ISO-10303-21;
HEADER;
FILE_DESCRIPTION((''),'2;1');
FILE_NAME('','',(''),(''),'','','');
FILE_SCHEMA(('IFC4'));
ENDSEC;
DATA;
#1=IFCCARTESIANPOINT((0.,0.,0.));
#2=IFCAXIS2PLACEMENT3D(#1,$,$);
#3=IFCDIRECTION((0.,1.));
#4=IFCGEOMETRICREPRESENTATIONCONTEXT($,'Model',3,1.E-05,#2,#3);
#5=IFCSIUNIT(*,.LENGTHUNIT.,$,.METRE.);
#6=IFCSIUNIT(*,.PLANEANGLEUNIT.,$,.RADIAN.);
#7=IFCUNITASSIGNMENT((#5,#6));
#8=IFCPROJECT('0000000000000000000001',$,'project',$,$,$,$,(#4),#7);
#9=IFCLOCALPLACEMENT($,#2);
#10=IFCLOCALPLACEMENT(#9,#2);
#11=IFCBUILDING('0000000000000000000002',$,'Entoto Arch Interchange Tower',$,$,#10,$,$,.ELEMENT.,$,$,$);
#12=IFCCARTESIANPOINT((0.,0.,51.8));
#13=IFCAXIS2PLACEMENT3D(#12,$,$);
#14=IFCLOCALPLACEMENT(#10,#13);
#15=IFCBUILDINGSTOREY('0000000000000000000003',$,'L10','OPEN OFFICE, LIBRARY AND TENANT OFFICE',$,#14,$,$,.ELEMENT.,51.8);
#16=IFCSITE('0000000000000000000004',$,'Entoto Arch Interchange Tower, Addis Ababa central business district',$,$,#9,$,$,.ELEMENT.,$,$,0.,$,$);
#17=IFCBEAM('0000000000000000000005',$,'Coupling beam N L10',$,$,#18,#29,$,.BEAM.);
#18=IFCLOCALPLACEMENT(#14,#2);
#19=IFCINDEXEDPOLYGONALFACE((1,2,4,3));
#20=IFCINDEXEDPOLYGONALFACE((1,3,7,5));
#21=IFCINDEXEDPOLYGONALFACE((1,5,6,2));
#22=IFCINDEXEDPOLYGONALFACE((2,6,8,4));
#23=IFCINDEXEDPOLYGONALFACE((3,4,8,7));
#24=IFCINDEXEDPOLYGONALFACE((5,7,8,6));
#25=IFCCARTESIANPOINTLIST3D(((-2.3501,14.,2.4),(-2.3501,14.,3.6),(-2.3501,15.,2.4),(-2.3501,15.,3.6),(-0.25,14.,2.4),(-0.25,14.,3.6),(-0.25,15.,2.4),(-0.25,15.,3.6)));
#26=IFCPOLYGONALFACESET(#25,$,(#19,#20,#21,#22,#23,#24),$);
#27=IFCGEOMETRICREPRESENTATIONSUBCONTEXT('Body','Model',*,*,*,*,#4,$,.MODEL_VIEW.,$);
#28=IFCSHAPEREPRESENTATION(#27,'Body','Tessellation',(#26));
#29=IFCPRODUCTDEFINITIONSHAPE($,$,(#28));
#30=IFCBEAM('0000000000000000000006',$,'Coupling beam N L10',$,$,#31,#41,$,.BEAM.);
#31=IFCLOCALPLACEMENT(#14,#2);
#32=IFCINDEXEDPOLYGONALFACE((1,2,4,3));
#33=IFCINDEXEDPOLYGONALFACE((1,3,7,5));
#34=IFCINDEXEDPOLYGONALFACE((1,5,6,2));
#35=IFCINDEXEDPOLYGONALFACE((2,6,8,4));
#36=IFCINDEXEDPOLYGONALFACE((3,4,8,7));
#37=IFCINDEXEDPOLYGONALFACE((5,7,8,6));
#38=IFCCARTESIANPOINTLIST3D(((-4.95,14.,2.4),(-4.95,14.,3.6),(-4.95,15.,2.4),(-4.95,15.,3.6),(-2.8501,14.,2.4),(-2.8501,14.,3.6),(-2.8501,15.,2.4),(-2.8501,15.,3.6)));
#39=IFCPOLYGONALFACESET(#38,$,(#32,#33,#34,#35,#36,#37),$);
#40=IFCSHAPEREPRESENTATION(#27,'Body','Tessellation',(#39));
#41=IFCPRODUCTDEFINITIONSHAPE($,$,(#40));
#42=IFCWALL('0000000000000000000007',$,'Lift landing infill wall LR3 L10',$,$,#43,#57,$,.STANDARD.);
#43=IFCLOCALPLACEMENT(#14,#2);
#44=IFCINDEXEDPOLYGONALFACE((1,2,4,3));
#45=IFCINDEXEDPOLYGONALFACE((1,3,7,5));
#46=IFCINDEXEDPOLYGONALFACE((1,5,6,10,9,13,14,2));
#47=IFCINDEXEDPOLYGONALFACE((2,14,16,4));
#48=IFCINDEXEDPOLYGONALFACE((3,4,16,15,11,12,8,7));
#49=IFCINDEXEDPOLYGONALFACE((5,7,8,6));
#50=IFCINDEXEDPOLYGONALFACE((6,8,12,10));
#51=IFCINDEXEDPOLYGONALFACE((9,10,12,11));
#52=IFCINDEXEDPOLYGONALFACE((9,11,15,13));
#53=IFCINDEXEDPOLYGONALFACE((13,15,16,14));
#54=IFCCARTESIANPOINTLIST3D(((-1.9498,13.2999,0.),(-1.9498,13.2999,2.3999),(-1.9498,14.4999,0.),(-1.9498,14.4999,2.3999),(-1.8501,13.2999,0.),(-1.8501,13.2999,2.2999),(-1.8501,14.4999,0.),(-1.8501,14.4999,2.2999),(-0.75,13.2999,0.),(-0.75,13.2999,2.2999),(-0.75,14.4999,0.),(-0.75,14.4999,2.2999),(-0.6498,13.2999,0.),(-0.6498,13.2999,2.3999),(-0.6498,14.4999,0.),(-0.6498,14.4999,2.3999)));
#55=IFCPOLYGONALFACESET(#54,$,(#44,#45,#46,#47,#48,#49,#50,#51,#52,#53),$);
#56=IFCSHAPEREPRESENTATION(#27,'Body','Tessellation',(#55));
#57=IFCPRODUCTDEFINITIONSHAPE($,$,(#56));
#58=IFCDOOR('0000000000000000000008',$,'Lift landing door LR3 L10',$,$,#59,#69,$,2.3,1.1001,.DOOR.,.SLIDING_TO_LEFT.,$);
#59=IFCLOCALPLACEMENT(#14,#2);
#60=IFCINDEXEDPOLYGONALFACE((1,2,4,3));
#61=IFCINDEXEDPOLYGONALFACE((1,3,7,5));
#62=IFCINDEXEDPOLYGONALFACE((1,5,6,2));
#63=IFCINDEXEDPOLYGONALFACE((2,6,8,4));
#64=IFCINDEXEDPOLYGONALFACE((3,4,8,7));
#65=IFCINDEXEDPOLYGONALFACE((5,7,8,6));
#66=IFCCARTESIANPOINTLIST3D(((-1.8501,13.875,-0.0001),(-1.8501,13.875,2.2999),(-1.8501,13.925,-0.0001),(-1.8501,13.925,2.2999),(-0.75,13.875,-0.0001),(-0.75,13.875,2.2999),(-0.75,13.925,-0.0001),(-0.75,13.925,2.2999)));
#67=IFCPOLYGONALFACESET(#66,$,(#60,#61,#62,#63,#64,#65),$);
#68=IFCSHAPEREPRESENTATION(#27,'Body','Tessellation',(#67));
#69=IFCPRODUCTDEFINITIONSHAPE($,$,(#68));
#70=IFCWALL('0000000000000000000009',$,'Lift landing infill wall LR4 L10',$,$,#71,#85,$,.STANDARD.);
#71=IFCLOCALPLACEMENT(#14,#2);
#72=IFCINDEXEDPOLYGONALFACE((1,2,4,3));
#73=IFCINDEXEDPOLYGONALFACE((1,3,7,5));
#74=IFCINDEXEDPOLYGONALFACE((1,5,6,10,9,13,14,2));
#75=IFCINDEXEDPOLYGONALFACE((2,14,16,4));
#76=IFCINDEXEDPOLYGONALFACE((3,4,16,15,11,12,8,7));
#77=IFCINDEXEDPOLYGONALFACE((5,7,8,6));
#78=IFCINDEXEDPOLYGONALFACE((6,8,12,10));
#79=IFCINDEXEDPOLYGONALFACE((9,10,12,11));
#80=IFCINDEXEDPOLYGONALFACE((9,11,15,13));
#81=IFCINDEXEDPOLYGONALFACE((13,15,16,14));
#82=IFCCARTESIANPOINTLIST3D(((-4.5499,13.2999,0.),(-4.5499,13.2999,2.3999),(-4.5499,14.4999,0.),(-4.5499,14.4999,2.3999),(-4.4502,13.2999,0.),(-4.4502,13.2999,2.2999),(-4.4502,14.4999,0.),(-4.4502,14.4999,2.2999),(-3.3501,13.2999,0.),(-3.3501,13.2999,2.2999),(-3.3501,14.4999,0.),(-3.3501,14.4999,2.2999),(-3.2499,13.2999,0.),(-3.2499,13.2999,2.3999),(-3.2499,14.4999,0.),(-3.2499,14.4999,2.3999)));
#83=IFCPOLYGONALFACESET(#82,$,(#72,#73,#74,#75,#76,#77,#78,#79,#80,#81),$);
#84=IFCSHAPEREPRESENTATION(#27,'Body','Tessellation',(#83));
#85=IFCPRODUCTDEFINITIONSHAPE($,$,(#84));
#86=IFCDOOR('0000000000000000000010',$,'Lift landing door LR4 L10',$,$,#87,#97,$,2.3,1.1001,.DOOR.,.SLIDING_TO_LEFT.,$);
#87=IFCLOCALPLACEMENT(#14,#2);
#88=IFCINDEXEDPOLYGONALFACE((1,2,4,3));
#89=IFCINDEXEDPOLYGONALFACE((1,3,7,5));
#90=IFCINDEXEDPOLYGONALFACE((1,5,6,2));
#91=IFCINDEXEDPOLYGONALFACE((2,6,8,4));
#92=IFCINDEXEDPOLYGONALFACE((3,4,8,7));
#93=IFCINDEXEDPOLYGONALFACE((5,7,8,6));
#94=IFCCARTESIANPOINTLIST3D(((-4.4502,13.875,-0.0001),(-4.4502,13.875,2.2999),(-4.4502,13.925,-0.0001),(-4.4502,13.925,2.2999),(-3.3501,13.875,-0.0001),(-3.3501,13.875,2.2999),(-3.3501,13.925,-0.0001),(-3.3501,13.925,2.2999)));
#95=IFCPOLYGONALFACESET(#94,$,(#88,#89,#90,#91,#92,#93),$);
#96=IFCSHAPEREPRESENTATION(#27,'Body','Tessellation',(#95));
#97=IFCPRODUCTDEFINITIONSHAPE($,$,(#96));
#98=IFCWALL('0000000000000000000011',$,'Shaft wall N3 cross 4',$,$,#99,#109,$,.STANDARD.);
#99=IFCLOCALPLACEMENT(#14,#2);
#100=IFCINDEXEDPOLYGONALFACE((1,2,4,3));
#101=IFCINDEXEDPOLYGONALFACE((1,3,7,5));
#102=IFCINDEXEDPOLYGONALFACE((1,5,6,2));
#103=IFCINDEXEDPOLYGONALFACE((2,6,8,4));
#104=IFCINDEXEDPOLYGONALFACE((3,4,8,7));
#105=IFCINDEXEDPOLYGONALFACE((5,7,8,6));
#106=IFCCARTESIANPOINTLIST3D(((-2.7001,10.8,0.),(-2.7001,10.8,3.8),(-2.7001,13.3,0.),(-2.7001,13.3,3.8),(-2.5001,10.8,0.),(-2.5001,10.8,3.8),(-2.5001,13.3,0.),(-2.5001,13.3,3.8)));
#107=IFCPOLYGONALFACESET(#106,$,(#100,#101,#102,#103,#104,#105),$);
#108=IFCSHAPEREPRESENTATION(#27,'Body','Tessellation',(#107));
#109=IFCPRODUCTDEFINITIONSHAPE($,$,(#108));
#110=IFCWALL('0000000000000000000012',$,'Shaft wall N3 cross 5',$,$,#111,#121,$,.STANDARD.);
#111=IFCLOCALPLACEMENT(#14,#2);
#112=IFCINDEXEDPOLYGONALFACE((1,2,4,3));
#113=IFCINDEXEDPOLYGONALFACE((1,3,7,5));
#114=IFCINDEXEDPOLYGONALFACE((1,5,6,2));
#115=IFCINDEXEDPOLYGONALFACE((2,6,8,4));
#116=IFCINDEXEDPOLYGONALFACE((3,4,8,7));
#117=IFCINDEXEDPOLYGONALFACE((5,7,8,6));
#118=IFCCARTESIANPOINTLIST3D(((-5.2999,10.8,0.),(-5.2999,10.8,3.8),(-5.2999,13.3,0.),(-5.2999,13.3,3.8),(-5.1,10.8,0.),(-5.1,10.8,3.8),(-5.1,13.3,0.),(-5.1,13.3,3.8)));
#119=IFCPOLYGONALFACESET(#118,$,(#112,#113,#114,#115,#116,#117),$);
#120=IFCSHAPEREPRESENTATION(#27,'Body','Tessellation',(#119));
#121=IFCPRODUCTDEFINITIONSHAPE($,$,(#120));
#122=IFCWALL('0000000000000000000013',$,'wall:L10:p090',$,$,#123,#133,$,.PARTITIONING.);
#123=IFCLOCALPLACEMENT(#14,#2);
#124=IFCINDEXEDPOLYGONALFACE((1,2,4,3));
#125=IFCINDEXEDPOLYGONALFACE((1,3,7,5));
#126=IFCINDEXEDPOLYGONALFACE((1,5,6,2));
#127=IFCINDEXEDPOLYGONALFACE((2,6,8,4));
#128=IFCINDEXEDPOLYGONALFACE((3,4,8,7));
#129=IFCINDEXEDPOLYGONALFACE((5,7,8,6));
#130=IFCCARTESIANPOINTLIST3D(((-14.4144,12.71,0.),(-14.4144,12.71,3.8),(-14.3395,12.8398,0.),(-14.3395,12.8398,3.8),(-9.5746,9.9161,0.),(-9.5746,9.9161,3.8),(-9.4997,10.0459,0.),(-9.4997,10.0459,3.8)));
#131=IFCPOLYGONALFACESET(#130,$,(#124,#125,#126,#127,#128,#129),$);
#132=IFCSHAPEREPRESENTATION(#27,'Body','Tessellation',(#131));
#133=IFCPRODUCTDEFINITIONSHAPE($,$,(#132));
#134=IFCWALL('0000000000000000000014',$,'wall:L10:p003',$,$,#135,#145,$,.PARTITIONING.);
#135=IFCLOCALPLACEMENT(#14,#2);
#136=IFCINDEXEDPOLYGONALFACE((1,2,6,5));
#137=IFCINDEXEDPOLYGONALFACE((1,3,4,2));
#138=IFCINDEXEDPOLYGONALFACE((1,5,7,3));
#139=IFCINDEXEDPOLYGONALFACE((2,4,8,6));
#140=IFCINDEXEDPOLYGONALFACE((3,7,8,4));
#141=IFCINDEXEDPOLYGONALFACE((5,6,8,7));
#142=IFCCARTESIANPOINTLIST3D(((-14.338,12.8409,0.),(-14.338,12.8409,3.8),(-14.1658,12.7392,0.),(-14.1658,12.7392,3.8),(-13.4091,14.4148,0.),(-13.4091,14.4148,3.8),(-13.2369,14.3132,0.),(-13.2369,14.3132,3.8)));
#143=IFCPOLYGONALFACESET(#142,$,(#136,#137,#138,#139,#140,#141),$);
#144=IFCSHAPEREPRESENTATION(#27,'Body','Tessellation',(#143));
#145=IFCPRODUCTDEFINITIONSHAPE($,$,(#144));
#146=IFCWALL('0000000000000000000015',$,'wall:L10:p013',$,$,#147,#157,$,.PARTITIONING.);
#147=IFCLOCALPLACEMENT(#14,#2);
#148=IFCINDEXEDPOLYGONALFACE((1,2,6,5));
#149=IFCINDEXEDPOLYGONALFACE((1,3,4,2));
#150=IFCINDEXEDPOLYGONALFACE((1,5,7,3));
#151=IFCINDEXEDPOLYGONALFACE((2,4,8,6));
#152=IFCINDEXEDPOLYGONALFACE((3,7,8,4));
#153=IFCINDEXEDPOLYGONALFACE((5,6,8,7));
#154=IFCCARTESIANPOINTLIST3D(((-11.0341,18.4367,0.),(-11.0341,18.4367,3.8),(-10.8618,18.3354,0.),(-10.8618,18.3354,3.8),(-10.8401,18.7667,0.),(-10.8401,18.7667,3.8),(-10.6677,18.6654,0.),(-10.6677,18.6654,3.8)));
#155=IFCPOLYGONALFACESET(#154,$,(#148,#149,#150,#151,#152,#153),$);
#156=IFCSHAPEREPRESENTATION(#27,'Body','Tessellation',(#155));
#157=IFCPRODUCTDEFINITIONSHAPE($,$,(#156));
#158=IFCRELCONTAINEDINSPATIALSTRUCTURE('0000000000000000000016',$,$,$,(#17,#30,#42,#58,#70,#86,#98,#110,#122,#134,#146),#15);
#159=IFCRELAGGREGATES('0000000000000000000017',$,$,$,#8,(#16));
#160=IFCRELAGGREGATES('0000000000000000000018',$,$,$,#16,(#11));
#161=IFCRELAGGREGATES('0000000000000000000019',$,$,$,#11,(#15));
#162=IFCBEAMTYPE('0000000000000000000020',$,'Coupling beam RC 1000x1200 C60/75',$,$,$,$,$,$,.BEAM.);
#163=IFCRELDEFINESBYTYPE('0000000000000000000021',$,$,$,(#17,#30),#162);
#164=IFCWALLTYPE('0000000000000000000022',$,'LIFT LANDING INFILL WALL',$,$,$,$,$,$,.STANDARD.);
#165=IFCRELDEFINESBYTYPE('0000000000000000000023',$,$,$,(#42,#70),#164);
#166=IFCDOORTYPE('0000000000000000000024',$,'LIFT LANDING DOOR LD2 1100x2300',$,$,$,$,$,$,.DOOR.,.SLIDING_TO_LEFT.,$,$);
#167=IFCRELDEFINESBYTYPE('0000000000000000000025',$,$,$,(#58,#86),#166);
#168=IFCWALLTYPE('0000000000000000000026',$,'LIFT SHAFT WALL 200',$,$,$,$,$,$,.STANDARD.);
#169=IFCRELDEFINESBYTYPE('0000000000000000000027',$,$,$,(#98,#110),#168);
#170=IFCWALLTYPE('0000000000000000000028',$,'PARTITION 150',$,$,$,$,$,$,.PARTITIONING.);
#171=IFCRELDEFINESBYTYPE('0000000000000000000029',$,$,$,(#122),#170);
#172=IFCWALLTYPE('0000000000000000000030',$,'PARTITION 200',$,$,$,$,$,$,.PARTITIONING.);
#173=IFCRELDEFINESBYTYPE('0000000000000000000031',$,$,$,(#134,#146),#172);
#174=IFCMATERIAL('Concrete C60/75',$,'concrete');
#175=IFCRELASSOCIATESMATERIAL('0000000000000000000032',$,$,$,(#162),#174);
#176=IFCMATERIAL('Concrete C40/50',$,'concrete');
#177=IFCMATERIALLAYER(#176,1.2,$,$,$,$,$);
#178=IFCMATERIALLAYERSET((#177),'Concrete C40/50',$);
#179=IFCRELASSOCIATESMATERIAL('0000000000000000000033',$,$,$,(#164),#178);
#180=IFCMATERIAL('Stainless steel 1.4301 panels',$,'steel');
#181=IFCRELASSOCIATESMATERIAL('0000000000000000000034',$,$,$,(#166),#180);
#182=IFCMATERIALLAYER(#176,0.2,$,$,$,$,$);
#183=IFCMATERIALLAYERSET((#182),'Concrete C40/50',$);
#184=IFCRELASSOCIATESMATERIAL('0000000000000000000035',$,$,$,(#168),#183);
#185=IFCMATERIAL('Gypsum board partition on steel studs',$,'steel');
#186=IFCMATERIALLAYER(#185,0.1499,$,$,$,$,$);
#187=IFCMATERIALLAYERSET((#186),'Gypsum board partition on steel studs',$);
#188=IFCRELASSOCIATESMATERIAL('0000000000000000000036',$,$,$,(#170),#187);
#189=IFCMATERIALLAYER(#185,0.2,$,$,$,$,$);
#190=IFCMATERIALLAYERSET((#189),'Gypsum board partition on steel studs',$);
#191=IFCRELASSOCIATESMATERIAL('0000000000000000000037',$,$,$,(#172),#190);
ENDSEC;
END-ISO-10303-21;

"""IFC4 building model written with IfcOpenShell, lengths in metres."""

from ifc_helpers import new_model, si_unit, direction, frame, frame_2d, origin, origin_2d, place, context, subcontext, project, spatial, rectangle, extrude, material, layer, layer_set, material_profile, profile_set, type_object, element, fill, save


model = new_model("IFC4")

# Units and contexts
model_context = context("Model", 3, precision=1e-05, world=origin(), true_north=direction((0.0, 1.0)))
body_context = subcontext(model_context, "Body", "Model", "MODEL_VIEW")
ifc_project = project(units=[si_unit("LENGTHUNIT", "METRE"), si_unit("PLANEANGLEUNIT", "RADIAN")], contexts=[model_context])

# Site, building, storey
site_placement = place(None, origin())
site = spatial("IfcSite", under=ifc_project, at=site_placement, Name="Entoto Arch Interchange Tower, Addis Ababa central business district", CompositionType="ELEMENT", RefElevation=0.0)
building_placement = place(site_placement, origin())
building = spatial("IfcBuilding", under=site, at=building_placement, Name="Entoto Arch Interchange Tower", CompositionType="ELEMENT")
storey_placement = place(building_placement, frame((0.0, 0.0, 51.8)))
storey = spatial("IfcBuildingStorey", under=building, at=storey_placement, Name="L10", Description="OPEN OFFICE, LIBRARY AND TENANT OFFICE", CompositionType="ELEMENT", Elevation=51.8)

# Beams
ifc_material_1 = material(Name="Concrete C60/75", Category="concrete")
ifc_material_profile = material_profile(ifc_material_1, rectangle(XDim=1.0, YDim=1.2, at=origin_2d()))
ifc_profile_set = profile_set([ifc_material_profile], Name="Concrete C60/75")
beam_type = type_object("IfcBeamType", Name="Coupling beam RC 1000x1200 C60/75", PredefinedType="BEAM", material=ifc_profile_set)
beam_1_placement = place(storey_placement, frame((-0.25, 14.5, 3.0), z_axis=(-1.0, 0.0, 0.0), x_axis=(0.0, -1.0, 0.0)))
element("IfcBeam", 1, at=beam_1_placement, inside=storey, type_object=beam_type, Name="Coupling beam N L10", PredefinedType="BEAM", context=body_context, shape_type="SweptSolid", body=[
    extrude(rectangle(XDim=1.0, YDim=1.2, at=origin_2d()), origin(), (0.0, 0.0, 1.0), 2.1001),
])
beam_2_placement = place(storey_placement, frame((-2.8501, 14.5, 3.0), z_axis=(-1.0, 0.0, 0.0), x_axis=(0.0, -1.0, 0.0)))
element("IfcBeam", 2, at=beam_2_placement, inside=storey, type_object=beam_type, Name="Coupling beam N L10", PredefinedType="BEAM", context=body_context, shape_type="SweptSolid", body=[
    extrude(rectangle(XDim=1.0, YDim=1.2, at=origin_2d()), origin(), (0.0, 0.0, 1.0), 2.0999),
])

# Walls, openings, doors
ifc_material_2 = material(Name="Concrete C40/50", Category="concrete")
ifc_layer_1 = layer(ifc_material_2, 1.2)
ifc_layer_set_1 = layer_set([ifc_layer_1], Name="Concrete C40/50")
wall_type_1 = type_object("IfcWallType", Name="LIFT LANDING INFILL WALL", PredefinedType="STANDARD", material=ifc_layer_set_1)
wall_1_placement = place(storey_placement, frame((-0.6499, 13.8999, 0.0), z_axis=(0.0, 0.0, 1.0), x_axis=(-1.0, 0.0, 0.0)))
wall_1 = element("IfcWall", 3, at=wall_1_placement, inside=storey, type_object=wall_type_1, Name="Lift landing infill wall LR3 L10", PredefinedType="STANDARD", context=body_context, shape_type="SweptSolid", body=[
    extrude(rectangle(XDim=1.3, YDim=1.2, at=frame_2d((0.6499, 0.0))), origin(), (0.0, 0.0, 1.0), 2.3999),
])
opening_1_placement = place(wall_1_placement, frame((0.1001, 0.0, 0.0)))
opening_1 = element("IfcOpeningElement", 4, at=opening_1_placement, cuts=wall_1, PredefinedType="OPENING", context=body_context, shape_type="SweptSolid", body=[
    extrude(rectangle(XDim=1.1001, YDim=2.3, at=frame_2d((0.55, 1.1499))), frame((0.0, 0.6099, 0.0), z_axis=(0.0, -1.0, 0.0), x_axis=(1.0, 0.0, 0.0)), (0.0, 0.0, 1.0), 1.22),
])
ifc_material_3 = material(Name="Stainless steel 1.4301 panels", Category="steel")
door_type_1 = type_object("IfcDoorType", Name="LIFT LANDING DOOR LD2 1100x2300", OperationType="SLIDING_TO_LEFT", PredefinedType="DOOR", material=ifc_material_3)
door_1_placement = place(opening_1_placement, origin())
door_1 = element("IfcDoor", 5, at=door_1_placement, inside=storey, type_object=door_type_1, Name="Lift landing door LR3 L10", OperationType="SLIDING_TO_LEFT", OverallHeight=2.3, OverallWidth=1.1001, PredefinedType="DOOR", context=body_context, shape_type="SweptSolid", body=[
    extrude(rectangle(XDim=1.1001, YDim=2.3, at=frame_2d((0.55, 1.1499))), frame((0.0, 0.0249, 0.0), z_axis=(0.0, -1.0, 0.0), x_axis=(1.0, 0.0, 0.0)), (0.0, 0.0, 1.0), 0.05),
])
fill(opening_1, door_1)
wall_2_placement = place(storey_placement, frame((-3.25, 13.8999, 0.0), z_axis=(0.0, 0.0, 1.0), x_axis=(-1.0, 0.0, 0.0)))
wall_2 = element("IfcWall", 6, at=wall_2_placement, inside=storey, type_object=wall_type_1, Name="Lift landing infill wall LR4 L10", PredefinedType="STANDARD", context=body_context, shape_type="SweptSolid", body=[
    extrude(rectangle(XDim=1.3, YDim=1.2, at=frame_2d((0.6499, 0.0))), origin(), (0.0, 0.0, 1.0), 2.3999),
])
opening_2_placement = place(wall_2_placement, frame((0.1001, 0.0, 0.0)))
opening_2 = element("IfcOpeningElement", 7, at=opening_2_placement, cuts=wall_2, PredefinedType="OPENING", context=body_context, shape_type="SweptSolid", body=[
    extrude(rectangle(XDim=1.1001, YDim=2.3, at=frame_2d((0.55, 1.1499))), frame((0.0, 0.6099, 0.0), z_axis=(0.0, -1.0, 0.0), x_axis=(1.0, 0.0, 0.0)), (0.0, 0.0, 1.0), 1.22),
])
door_2_placement = place(opening_2_placement, origin())
door_2 = element("IfcDoor", 8, at=door_2_placement, inside=storey, type_object=door_type_1, Name="Lift landing door LR4 L10", OperationType="SLIDING_TO_LEFT", OverallHeight=2.3, OverallWidth=1.1001, PredefinedType="DOOR", context=body_context, shape_type="SweptSolid", body=[
    extrude(rectangle(XDim=1.1001, YDim=2.3, at=frame_2d((0.55, 1.1499))), frame((0.0, 0.0249, 0.0), z_axis=(0.0, -1.0, 0.0), x_axis=(1.0, 0.0, 0.0)), (0.0, 0.0, 1.0), 0.05),
])
fill(opening_2, door_2)

# Walls
ifc_layer_2 = layer(ifc_material_2, 0.2)
ifc_layer_set_2 = layer_set([ifc_layer_2], Name="Concrete C40/50")
wall_type_2 = type_object("IfcWallType", Name="LIFT SHAFT WALL 200", PredefinedType="STANDARD", material=ifc_layer_set_2)
for number, where, z_axis, x_axis, name in (
    (9, (-2.6001, 10.8, 0.0), (0.0, 0.0, 1.0), (0.0, 1.0, 0.0), "Shaft wall N3 cross 4"),
    (10, (-5.2, 10.8, 0.0), (0.0, 0.0, 1.0), (0.0, 1.0, 0.0), "Shaft wall N3 cross 5"),
):
    element("IfcWall", number, at=place(storey_placement, frame(where, z_axis=z_axis, x_axis=x_axis)), inside=storey, type_object=wall_type_2, Name=name, PredefinedType="STANDARD", context=body_context, shape_type="SweptSolid", body=[
        extrude(rectangle(XDim=2.5, YDim=0.2, at=frame_2d((1.25, 0.0))), origin(), (0.0, 0.0, 1.0), 3.8),
    ])
ifc_material_4 = material(Name="Gypsum board partition on steel studs", Category="steel")
ifc_layer_3 = layer(ifc_material_4, 0.1499)
ifc_layer_set_3 = layer_set([ifc_layer_3], Name="Gypsum board partition on steel studs")
wall_type_3 = type_object("IfcWallType", Name="PARTITION 150", PredefinedType="PARTITIONING", material=ifc_layer_set_3)
wall_3_placement = place(storey_placement, frame((-14.377, 12.7749, 0.0), z_axis=(0.0, 0.0, 1.0), x_axis=(0.866052, -0.499954, 0.0)))
element("IfcWall", 11, at=wall_3_placement, inside=storey, type_object=wall_type_3, Name="wall:L10:p090", PredefinedType="PARTITIONING", context=body_context, shape_type="SweptSolid", body=[
    extrude(rectangle(XDim=5.5884, YDim=0.1499, at=frame_2d((2.7942, 0.0))), origin(), (0.0, 0.0, 1.0), 3.8),
])
ifc_layer_4 = layer(ifc_material_4, 0.2)
ifc_layer_set_4 = layer_set([ifc_layer_4], Name="Gypsum board partition on steel studs")
wall_type_4 = type_object("IfcWallType", Name="PARTITION 200", PredefinedType="PARTITIONING", material=ifc_layer_set_4)
wall_4_placement = place(storey_placement, frame((-13.323, 14.364, 0.0), z_axis=(0.0, 0.0, 1.0), x_axis=(-0.508275, -0.861195, 0.0)))
element("IfcWall", 12, at=wall_4_placement, inside=storey, type_object=wall_type_4, Name="wall:L10:p003", PredefinedType="PARTITIONING", context=body_context, shape_type="SweptSolid", body=[
    extrude(rectangle(XDim=1.8276, YDim=0.2, at=frame_2d((0.9138, 0.0))), origin(), (0.0, 0.0, 1.0), 3.8),
])
wall_5_placement = place(storey_placement, frame((-10.7539, 18.7161, 0.0), z_axis=(0.0, 0.0, 1.0), x_axis=(-0.506881, -0.862016, 0.0)))
element("IfcWall", 13, at=wall_5_placement, inside=storey, type_object=wall_type_4, Name="wall:L10:p013", PredefinedType="PARTITIONING", context=body_context, shape_type="SweptSolid", body=[
    extrude(rectangle(XDim=0.3828, YDim=0.2, at=frame_2d((0.1914, 0.0))), origin(), (0.0, 0.0, 1.0), 3.8),
])

save(model, "model.ifc")
